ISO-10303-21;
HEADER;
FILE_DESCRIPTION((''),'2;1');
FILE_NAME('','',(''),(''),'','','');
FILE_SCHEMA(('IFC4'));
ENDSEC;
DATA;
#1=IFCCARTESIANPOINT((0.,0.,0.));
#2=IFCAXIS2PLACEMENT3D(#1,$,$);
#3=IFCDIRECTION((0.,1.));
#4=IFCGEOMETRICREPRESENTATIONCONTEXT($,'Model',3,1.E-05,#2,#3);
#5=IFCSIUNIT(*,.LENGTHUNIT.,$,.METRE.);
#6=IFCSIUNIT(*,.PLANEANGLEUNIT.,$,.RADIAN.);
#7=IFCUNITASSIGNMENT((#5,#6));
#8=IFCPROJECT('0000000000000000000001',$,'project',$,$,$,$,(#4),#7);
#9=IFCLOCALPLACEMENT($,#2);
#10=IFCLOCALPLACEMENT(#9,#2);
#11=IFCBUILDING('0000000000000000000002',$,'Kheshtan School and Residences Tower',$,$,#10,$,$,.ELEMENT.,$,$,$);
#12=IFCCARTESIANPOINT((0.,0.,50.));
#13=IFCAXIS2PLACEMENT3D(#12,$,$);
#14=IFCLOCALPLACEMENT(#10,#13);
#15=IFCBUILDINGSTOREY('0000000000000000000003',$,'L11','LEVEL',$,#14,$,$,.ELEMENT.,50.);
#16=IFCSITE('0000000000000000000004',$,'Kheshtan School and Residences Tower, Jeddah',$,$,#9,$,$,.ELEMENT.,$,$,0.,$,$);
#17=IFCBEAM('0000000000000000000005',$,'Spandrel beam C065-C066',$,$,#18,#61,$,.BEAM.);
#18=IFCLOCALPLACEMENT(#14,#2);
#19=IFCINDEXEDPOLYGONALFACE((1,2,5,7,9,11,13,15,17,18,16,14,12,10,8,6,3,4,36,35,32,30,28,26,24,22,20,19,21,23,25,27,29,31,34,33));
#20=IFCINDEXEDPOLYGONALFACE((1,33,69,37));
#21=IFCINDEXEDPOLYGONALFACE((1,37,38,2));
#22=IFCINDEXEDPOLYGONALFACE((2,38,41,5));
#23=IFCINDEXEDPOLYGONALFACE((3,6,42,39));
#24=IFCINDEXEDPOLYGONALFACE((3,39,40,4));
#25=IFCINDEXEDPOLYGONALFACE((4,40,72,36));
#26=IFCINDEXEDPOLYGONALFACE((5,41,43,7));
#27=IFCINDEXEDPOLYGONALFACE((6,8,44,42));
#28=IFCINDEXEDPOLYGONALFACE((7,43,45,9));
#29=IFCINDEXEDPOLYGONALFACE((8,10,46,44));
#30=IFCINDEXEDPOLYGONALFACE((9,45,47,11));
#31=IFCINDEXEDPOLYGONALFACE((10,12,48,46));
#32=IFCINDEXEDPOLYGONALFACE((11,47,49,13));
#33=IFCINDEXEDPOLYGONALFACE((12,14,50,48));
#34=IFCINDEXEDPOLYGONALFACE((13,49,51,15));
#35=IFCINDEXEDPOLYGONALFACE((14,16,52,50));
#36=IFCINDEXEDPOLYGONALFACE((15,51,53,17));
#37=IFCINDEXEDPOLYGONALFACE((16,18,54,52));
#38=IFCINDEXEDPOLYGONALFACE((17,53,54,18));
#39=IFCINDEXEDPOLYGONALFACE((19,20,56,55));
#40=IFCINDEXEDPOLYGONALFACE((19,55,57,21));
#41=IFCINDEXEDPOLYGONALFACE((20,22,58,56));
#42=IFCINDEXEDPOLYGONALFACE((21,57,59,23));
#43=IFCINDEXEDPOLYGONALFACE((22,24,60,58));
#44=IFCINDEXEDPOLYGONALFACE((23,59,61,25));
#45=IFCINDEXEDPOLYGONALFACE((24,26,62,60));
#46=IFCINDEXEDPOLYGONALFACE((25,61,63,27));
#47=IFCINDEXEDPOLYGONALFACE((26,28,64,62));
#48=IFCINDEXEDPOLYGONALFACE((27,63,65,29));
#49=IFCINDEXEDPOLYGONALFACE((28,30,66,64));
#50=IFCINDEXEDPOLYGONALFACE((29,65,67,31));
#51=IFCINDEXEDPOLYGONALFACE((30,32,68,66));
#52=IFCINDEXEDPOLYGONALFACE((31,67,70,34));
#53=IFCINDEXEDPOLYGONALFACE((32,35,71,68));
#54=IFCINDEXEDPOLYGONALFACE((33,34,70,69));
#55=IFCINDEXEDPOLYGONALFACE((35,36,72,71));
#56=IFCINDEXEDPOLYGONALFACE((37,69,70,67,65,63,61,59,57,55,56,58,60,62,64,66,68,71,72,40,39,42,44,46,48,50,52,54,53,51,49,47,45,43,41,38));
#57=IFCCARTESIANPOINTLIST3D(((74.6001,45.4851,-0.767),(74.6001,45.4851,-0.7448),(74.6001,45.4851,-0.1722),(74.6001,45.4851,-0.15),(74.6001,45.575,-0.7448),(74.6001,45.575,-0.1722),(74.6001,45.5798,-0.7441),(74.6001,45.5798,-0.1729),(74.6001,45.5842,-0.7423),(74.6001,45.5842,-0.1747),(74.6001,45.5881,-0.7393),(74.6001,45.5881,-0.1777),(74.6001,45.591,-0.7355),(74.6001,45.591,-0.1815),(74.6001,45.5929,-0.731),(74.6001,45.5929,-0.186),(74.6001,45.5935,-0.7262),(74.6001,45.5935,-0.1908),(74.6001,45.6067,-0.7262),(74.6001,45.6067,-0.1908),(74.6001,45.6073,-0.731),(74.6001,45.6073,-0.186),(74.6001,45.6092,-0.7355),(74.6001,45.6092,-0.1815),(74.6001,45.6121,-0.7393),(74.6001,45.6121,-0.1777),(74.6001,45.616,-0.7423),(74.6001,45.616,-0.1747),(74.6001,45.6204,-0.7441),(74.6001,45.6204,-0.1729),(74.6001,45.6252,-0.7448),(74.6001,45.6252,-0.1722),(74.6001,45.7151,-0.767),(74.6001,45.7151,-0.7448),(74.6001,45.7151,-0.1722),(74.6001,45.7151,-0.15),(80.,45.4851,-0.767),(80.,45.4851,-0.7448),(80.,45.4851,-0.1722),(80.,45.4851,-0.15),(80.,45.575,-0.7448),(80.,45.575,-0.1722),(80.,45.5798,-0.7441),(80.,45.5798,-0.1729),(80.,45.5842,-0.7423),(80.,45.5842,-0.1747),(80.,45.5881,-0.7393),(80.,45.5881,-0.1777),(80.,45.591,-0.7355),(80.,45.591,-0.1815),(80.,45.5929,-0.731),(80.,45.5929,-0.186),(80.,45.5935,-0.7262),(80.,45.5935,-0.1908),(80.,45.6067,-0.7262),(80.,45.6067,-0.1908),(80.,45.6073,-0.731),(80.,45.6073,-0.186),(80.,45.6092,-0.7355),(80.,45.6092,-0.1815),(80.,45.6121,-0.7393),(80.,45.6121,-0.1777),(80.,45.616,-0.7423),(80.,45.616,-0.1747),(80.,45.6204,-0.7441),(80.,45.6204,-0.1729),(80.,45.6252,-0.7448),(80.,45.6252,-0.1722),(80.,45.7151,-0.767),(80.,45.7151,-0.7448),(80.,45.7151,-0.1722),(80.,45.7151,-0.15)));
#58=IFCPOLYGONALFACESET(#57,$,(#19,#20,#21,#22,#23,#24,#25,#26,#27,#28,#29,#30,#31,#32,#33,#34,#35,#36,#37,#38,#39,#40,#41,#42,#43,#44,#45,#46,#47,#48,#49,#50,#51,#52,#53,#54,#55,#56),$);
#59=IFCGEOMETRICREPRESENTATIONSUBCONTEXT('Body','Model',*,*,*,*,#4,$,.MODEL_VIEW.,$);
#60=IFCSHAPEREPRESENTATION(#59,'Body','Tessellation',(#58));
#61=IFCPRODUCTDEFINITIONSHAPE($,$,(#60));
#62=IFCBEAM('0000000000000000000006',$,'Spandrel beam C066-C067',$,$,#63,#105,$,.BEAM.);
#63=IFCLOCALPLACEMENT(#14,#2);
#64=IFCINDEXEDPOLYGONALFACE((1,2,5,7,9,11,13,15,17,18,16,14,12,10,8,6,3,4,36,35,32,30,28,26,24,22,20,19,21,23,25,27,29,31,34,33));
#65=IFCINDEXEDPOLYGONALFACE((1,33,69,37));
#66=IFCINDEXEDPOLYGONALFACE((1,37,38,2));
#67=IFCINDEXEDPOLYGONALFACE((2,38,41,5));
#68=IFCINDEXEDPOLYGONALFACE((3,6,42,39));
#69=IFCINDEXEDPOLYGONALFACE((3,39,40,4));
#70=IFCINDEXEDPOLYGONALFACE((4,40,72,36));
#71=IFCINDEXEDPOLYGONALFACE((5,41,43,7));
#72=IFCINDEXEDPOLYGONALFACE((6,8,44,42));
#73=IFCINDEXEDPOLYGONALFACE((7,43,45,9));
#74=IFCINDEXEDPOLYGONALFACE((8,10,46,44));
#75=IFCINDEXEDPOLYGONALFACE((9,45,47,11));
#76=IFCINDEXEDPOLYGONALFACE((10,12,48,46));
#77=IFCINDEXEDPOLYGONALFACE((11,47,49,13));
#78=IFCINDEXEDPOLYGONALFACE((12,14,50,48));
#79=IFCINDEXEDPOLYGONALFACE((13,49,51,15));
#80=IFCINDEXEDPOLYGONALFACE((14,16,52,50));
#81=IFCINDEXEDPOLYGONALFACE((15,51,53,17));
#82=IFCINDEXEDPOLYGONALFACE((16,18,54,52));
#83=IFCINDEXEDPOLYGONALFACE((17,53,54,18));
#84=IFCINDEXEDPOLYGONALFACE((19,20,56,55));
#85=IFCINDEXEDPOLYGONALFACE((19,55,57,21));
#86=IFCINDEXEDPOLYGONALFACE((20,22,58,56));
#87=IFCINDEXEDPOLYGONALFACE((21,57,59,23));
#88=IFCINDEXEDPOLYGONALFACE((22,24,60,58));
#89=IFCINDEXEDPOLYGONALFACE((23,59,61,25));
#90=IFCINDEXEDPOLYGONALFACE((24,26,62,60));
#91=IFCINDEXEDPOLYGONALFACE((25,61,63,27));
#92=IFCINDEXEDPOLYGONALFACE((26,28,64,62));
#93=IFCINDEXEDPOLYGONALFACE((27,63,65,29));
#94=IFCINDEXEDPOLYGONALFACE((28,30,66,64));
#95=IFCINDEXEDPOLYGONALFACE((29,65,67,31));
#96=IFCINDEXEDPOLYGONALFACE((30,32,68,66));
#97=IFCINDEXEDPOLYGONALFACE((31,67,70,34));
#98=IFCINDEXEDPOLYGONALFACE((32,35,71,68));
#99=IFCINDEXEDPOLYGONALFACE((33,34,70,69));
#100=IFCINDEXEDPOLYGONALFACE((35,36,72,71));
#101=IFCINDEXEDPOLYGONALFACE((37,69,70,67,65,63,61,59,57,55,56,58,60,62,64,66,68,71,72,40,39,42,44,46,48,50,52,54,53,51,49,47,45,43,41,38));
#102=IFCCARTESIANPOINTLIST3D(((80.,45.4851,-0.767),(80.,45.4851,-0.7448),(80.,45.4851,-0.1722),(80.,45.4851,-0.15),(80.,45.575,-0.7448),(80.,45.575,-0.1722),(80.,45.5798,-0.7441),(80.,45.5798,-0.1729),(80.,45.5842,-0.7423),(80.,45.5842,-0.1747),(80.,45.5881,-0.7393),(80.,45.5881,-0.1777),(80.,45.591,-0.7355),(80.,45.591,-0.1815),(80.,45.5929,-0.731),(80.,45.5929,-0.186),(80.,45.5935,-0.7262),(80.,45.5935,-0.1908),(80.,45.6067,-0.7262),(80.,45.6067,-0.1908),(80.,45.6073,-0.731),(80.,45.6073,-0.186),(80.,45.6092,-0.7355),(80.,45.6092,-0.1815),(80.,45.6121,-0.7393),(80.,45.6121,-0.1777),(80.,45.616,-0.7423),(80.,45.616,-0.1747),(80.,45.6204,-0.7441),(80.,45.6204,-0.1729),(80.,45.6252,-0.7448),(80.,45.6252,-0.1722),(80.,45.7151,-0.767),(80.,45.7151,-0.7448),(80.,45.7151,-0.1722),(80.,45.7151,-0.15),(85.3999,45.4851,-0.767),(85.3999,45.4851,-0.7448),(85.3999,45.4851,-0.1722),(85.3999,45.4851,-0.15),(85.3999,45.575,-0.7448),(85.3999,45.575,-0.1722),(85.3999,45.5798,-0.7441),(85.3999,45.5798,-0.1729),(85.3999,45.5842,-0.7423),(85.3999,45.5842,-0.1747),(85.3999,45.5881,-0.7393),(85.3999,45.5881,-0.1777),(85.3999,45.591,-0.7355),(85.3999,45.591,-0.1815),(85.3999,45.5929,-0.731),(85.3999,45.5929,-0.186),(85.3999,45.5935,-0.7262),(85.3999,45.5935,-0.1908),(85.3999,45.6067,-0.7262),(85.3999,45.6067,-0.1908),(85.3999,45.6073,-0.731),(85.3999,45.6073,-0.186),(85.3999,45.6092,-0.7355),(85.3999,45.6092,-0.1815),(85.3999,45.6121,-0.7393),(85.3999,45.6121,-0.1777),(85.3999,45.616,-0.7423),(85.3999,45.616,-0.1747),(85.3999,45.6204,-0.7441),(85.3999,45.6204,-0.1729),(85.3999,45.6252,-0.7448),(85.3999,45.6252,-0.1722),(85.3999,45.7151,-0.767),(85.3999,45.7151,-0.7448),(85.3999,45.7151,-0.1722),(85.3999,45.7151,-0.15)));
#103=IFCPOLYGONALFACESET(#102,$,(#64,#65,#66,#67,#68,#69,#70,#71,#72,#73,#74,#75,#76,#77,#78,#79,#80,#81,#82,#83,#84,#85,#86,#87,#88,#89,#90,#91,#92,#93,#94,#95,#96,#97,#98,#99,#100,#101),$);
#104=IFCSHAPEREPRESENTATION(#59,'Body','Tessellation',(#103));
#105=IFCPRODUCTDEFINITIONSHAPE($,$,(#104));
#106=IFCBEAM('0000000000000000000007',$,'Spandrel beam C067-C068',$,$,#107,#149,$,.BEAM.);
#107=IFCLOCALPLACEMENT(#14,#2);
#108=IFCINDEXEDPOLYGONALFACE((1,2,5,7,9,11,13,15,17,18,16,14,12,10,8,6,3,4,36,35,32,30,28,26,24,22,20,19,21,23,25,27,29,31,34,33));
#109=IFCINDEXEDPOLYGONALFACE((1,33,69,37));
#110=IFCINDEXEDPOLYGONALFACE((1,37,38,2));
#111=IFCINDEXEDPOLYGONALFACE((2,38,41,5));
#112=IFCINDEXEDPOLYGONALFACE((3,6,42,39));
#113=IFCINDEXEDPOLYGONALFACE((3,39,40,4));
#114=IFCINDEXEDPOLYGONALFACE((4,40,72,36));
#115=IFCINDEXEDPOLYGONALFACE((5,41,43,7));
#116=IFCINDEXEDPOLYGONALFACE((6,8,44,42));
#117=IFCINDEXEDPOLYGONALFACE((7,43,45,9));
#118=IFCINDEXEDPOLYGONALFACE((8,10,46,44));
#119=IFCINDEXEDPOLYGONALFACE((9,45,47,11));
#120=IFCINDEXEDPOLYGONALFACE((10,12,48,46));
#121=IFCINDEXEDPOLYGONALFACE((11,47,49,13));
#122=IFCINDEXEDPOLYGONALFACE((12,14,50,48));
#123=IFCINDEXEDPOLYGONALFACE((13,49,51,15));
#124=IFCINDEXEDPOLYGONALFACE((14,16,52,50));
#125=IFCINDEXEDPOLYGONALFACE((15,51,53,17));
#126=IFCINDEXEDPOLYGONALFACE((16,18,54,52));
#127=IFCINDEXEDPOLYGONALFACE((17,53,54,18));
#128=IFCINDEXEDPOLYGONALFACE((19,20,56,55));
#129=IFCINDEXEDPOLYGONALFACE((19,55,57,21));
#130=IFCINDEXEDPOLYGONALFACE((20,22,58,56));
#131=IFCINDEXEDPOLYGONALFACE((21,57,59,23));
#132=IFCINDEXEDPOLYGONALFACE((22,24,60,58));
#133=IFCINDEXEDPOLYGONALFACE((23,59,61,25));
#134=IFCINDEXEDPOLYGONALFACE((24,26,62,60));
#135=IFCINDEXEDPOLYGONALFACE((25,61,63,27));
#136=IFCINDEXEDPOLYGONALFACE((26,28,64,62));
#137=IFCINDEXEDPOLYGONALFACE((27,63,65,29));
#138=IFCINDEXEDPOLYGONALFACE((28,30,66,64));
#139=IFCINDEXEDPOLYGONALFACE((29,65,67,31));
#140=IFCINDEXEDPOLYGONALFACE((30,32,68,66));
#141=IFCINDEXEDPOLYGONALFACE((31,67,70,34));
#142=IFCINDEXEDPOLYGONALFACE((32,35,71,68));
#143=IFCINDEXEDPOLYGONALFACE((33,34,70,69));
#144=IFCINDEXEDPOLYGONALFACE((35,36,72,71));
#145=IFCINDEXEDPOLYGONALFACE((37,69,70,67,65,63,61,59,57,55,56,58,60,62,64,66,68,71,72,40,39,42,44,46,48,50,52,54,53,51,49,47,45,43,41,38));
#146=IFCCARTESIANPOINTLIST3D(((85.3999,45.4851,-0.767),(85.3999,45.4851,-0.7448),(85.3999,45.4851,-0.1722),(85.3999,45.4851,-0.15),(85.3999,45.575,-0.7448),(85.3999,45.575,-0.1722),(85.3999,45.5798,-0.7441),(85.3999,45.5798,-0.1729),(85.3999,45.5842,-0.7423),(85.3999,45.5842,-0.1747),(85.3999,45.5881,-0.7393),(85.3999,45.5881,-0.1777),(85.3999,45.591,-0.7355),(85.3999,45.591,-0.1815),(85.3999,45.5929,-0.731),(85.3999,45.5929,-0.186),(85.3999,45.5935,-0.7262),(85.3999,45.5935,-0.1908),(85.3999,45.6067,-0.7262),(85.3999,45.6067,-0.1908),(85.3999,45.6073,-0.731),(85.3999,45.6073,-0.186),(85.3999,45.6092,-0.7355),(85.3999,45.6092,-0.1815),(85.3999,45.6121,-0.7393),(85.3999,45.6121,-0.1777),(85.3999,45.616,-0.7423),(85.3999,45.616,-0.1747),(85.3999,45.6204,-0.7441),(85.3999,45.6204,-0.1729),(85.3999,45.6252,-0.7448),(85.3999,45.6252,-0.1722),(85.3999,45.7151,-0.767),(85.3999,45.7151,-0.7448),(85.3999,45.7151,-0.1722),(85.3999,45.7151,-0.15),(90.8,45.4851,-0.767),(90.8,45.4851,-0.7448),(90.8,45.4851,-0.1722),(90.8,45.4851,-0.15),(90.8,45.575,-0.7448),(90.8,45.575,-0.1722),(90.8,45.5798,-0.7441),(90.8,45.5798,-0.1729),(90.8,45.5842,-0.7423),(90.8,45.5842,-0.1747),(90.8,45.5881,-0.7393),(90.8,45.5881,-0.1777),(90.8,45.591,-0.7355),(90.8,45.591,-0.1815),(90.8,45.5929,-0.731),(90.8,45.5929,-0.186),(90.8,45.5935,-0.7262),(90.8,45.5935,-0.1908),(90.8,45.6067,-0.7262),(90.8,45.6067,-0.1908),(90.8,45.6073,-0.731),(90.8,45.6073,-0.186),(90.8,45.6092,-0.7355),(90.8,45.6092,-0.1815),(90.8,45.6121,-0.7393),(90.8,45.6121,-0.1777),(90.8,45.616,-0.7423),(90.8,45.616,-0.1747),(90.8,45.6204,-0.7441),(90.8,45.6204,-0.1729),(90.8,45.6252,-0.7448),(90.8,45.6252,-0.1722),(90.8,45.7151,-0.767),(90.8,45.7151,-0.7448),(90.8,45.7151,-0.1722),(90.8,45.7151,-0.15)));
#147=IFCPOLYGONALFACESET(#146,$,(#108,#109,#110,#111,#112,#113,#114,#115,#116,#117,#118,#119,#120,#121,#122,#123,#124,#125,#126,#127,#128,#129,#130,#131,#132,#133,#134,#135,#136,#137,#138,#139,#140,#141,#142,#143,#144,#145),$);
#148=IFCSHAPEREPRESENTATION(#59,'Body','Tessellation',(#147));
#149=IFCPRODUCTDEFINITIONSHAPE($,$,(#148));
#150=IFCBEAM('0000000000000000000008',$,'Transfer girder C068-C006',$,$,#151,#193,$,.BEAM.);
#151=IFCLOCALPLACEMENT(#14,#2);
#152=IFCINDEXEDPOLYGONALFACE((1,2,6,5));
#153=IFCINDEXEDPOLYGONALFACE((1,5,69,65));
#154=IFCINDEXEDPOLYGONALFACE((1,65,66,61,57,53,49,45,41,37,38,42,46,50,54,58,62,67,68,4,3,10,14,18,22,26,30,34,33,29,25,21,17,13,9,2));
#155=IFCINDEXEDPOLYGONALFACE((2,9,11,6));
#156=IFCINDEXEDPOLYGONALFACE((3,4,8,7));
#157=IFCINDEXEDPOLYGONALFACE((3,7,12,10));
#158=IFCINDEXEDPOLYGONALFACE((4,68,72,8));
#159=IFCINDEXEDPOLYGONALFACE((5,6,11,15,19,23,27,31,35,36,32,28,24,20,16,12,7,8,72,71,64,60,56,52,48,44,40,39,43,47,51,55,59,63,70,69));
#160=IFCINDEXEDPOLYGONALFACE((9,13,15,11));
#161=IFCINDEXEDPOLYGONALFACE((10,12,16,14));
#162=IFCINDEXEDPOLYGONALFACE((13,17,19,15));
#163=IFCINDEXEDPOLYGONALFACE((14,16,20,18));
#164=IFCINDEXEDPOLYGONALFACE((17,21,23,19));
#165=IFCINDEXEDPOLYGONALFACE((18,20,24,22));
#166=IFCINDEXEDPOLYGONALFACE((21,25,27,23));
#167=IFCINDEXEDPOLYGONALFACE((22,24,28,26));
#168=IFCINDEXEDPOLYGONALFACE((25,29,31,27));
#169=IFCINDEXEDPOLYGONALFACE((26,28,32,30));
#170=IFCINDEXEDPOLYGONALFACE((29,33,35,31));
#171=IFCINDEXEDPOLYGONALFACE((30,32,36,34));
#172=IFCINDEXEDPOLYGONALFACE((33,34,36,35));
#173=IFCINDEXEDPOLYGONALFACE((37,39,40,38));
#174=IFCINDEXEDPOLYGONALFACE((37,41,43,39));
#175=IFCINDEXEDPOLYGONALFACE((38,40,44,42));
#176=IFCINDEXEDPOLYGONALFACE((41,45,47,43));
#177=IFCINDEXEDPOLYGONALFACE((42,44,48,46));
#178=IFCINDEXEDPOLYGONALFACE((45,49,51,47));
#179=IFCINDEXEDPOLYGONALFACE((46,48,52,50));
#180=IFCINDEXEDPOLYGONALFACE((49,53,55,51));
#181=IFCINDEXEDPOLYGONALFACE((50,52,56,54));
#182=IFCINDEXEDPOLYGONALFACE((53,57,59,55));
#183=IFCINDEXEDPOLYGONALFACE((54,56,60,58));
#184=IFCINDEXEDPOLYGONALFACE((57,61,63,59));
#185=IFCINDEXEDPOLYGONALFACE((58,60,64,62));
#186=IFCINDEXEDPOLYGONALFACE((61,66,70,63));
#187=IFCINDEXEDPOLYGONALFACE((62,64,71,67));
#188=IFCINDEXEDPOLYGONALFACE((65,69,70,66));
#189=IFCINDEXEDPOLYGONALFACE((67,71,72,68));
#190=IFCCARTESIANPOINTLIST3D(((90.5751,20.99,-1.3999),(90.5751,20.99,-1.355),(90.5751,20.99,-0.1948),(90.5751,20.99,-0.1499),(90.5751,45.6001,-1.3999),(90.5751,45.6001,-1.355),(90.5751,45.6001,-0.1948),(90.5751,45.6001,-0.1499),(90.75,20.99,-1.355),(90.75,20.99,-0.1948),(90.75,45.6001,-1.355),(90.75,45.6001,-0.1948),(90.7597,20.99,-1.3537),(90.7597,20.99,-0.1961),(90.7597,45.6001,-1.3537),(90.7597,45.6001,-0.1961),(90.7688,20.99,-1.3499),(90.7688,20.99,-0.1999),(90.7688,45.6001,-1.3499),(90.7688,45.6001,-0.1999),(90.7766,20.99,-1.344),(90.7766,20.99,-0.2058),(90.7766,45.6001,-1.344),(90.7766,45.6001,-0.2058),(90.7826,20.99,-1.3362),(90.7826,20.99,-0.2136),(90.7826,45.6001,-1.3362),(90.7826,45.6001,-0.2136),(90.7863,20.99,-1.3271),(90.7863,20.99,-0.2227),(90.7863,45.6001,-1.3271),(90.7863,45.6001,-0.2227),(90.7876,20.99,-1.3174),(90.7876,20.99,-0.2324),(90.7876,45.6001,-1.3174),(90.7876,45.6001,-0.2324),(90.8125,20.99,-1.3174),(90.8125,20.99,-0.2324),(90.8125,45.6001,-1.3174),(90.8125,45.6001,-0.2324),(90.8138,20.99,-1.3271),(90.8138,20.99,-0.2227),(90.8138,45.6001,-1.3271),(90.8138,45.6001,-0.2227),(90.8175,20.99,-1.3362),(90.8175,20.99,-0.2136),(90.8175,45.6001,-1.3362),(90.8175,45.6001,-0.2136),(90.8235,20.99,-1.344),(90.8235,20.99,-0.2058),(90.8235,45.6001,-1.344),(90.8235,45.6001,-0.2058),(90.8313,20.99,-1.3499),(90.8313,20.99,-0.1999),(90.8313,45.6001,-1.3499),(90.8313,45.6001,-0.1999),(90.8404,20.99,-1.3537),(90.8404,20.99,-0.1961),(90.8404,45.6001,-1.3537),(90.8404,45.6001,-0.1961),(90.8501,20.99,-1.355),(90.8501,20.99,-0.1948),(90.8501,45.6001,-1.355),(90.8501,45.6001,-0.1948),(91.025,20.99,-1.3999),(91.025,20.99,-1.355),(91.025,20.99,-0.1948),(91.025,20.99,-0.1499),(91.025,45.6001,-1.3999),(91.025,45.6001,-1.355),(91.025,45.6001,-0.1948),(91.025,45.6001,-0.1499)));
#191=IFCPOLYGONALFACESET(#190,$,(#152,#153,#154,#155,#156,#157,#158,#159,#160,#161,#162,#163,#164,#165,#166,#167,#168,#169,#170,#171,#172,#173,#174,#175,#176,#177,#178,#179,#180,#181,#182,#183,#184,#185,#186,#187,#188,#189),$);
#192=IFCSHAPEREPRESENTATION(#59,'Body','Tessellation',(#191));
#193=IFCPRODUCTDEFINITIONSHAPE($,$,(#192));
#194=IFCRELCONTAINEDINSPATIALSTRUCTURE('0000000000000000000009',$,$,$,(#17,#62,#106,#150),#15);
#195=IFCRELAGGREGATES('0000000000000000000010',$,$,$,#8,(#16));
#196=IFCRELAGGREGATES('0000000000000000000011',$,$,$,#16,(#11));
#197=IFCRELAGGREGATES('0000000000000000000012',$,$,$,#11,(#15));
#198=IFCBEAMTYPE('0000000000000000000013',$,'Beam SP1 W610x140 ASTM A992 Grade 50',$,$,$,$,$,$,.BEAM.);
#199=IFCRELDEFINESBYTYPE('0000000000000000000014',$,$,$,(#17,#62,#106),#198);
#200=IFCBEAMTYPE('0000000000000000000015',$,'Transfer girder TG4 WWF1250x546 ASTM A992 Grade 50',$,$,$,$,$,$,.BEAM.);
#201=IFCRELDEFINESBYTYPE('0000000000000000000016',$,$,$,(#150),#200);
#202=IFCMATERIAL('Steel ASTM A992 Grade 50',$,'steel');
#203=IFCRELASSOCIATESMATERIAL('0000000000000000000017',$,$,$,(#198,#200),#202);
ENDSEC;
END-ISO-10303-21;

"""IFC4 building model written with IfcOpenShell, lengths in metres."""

from ifc_helpers import new_model, si_unit, direction, frame, origin, origin_2d, place, context, subcontext, project, spatial, i_section, extrude, material, material_profile, profile_set, type_object, element, save


model = new_model("IFC4")

# Units and contexts
model_context = context("Model", 3, precision=1e-05, world=origin(), true_north=direction((0.0, 1.0)))
body_context = subcontext(model_context, "Body", "Model", "MODEL_VIEW")
ifc_project = project(units=[si_unit("LENGTHUNIT", "METRE"), si_unit("PLANEANGLEUNIT", "RADIAN")], contexts=[model_context])

# Site, building, storey
site_placement = place(None, origin())
site = spatial("IfcSite", under=ifc_project, at=site_placement, Name="Kheshtan School and Residences Tower, Jeddah", CompositionType="ELEMENT", RefElevation=0.0)
building_placement = place(site_placement, origin())
building = spatial("IfcBuilding", under=site, at=building_placement, Name="Kheshtan School and Residences Tower", CompositionType="ELEMENT")
storey_placement = place(building_placement, frame((0.0, 0.0, 50.0)))
storey = spatial("IfcBuildingStorey", under=building, at=storey_placement, Name="L11", Description="LEVEL", CompositionType="ELEMENT", Elevation=50.0)

# Shared definitions
ifc_material_1 = material(Name="Steel ASTM A992 Grade 50", Category="steel")

# Beams
ifc_material_profile_1 = material_profile(ifc_material_1, i_section(OverallWidth=0.23, OverallDepth=0.6169, WebThickness=0.0132, FlangeThickness=0.0222, FilletRadius=0.0186, at=origin_2d()), Name="W610x140")
ifc_profile_set_1 = profile_set([ifc_material_profile_1], Name="Steel ASTM A992 Grade 50")
beam_type_1 = type_object("IfcBeamType", Name="Beam SP1 W610x140 ASTM A992 Grade 50", PredefinedType="BEAM", material=ifc_profile_set_1)
for number, where, z_axis, x_axis, name in (
    (1, (74.6001, 45.6001, -0.4585), (1.0, 0.0, 0.0), (0.0, 1.0, 0.0), "Spandrel beam C065-C066"),
    (2, (80.0, 45.6001, -0.4585), (1.0, 0.0, 0.0), (0.0, 1.0, 0.0), "Spandrel beam C066-C067"),
):
    element("IfcBeam", number, at=place(storey_placement, frame(where, z_axis=z_axis, x_axis=x_axis)), inside=storey, type_object=beam_type_1, Name=name, PredefinedType="BEAM", context=body_context, shape_type="SweptSolid", body=[
        extrude(i_section(OverallWidth=0.23, OverallDepth=0.6169, WebThickness=0.0132, FlangeThickness=0.0222, FilletRadius=0.0186, at=origin_2d()), origin(), (0.0, 0.0, 1.0), 5.3999),
    ])
beam_1_placement = place(storey_placement, frame((85.3999, 45.6001, -0.4585), z_axis=(1.0, 0.0, 0.0), x_axis=(0.0, 1.0, 0.0)))
element("IfcBeam", 3, at=beam_1_placement, inside=storey, type_object=beam_type_1, Name="Spandrel beam C067-C068", PredefinedType="BEAM", context=body_context, shape_type="SweptSolid", body=[
    extrude(i_section(OverallWidth=0.23, OverallDepth=0.6169, WebThickness=0.0132, FlangeThickness=0.0222, FilletRadius=0.0186, at=origin_2d()), origin(), (0.0, 0.0, 1.0), 5.4001),
])
ifc_material_profile_2 = material_profile(ifc_material_1, i_section(OverallWidth=0.45, OverallDepth=1.25, WebThickness=0.0249, FlangeThickness=0.0449, FilletRadius=0.0376, at=origin_2d()), Name="WWF1250x546")
ifc_profile_set_2 = profile_set([ifc_material_profile_2], Name="Steel ASTM A992 Grade 50")
beam_type_2 = type_object("IfcBeamType", Name="Transfer girder TG4 WWF1250x546 ASTM A992 Grade 50", PredefinedType="BEAM", material=ifc_profile_set_2)
beam_2_placement = place(storey_placement, frame((90.8, 45.6001, -0.7749), z_axis=(0.0, -1.0, 0.0), x_axis=(1.0, 0.0, 0.0)))
element("IfcBeam", 4, at=beam_2_placement, inside=storey, type_object=beam_type_2, Name="Transfer girder C068-C006", PredefinedType="BEAM", context=body_context, shape_type="SweptSolid", body=[
    extrude(i_section(OverallWidth=0.45, OverallDepth=1.25, WebThickness=0.0249, FlangeThickness=0.0449, FilletRadius=0.0376, at=origin_2d()), origin(), (0.0, 0.0, 1.0), 24.6101),
])

save(model, "model.ifc")
